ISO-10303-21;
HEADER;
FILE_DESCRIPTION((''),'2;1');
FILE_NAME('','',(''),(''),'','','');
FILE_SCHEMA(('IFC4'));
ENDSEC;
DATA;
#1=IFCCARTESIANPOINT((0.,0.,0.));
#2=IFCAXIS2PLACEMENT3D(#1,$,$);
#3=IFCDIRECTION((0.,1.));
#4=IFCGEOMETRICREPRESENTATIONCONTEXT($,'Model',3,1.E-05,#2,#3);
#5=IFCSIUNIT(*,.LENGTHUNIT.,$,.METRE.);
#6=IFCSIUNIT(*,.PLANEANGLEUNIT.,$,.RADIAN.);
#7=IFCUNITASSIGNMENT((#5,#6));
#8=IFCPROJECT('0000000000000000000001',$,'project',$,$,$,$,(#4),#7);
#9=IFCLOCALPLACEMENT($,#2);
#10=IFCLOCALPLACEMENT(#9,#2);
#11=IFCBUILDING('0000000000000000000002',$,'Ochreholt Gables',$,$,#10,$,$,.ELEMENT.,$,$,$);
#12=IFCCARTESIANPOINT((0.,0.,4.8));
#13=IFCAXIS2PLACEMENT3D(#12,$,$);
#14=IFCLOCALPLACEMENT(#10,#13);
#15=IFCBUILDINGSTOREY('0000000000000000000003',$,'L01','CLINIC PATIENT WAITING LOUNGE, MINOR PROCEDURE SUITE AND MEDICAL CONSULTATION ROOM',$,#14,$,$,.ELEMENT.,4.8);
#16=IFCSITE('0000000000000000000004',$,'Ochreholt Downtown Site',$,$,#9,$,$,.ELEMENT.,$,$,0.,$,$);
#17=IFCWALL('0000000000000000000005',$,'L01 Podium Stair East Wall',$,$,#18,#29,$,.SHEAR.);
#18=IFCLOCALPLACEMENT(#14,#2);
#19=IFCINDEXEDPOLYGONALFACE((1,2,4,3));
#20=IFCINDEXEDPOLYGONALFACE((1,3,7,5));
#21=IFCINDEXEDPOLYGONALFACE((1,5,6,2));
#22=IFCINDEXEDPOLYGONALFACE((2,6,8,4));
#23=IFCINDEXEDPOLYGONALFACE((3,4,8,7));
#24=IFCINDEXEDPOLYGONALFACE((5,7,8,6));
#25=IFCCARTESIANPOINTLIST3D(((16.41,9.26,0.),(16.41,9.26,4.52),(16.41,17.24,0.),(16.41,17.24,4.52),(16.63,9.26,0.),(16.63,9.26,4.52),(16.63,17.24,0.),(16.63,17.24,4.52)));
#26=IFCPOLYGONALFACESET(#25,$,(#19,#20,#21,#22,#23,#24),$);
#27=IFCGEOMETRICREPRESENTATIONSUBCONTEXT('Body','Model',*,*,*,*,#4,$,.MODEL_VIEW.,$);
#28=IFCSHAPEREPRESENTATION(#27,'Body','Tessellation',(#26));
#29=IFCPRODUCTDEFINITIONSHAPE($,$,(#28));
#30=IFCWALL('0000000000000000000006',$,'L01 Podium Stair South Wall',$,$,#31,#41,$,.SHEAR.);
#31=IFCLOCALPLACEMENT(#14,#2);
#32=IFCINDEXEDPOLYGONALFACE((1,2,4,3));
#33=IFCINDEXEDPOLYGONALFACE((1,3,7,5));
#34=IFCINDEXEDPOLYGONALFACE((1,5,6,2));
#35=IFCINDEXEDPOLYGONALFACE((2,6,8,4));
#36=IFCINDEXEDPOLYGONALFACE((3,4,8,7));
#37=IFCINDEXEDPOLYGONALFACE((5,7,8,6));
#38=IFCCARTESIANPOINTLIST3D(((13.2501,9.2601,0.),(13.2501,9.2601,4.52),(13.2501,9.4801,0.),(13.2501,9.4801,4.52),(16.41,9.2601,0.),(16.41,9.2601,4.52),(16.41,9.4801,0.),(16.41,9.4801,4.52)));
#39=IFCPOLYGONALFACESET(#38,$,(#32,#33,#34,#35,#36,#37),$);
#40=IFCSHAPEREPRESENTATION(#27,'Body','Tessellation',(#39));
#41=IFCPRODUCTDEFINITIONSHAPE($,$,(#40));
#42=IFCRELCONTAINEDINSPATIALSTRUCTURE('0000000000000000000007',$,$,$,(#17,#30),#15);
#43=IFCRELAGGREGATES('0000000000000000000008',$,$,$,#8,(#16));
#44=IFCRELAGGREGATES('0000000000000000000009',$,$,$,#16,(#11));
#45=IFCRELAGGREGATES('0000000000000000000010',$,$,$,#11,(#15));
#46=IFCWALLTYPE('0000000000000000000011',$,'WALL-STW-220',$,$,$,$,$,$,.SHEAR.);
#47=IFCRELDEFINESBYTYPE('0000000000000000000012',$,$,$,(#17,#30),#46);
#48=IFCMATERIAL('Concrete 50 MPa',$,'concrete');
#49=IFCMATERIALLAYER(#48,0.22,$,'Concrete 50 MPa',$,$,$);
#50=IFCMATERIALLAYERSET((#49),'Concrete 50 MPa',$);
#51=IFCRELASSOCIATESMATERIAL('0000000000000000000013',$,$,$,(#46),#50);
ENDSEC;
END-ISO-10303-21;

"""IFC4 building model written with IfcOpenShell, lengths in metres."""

from ifc_helpers import new_model, si_unit, direction, frame, frame_2d, origin, place, context, subcontext, project, spatial, rectangle, extrude, material, layer, layer_set, type_object, element, save


model = new_model("IFC4")

# Units and contexts
model_context = context("Model", 3, precision=1e-05, world=origin(), true_north=direction((0.0, 1.0)))
body_context = subcontext(model_context, "Body", "Model", "MODEL_VIEW")
ifc_project = project(units=[si_unit("LENGTHUNIT", "METRE"), si_unit("PLANEANGLEUNIT", "RADIAN")], contexts=[model_context])

# Site, building, storey
site_placement = place(None, origin())
site = spatial("IfcSite", under=ifc_project, at=site_placement, Name="Ochreholt Downtown Site", CompositionType="ELEMENT", RefElevation=0.0)
building_placement = place(site_placement, origin())
building = spatial("IfcBuilding", under=site, at=building_placement, Name="Ochreholt Gables", CompositionType="ELEMENT")
storey_placement = place(building_placement, frame((0.0, 0.0, 4.8)))
storey = spatial("IfcBuildingStorey", under=building, at=storey_placement, Name="L01", Description="CLINIC PATIENT WAITING LOUNGE, MINOR PROCEDURE SUITE AND MEDICAL CONSULTATION ROOM", CompositionType="ELEMENT", Elevation=4.8)

# Walls
ifc_material_1 = material(Name="Concrete 50 MPa", Category="concrete")
ifc_layer_1 = layer(ifc_material_1, 0.22, Name="Concrete 50 MPa")
ifc_layer_set_1 = layer_set([ifc_layer_1], Name="Concrete 50 MPa")
wall_type_1 = type_object("IfcWallType", Name="WALL-STW-220", PredefinedType="SHEAR", material=ifc_layer_set_1)
for number, where, z_axis, x_axis, name in (
    (1, (16.52, 9.26, 0.0), (0.0, 0.0, 1.0), (0.0, 1.0, 0.0), "L01 Podium Stair East Wall"),
):
    element("IfcWall", number, at=place(storey_placement, frame(where, z_axis=z_axis, x_axis=x_axis)), inside=storey, type_object=wall_type_1, Name=name, PredefinedType="SHEAR", context=body_context, shape_type="SweptSolid", body=[
        extrude(rectangle(XDim=7.98, YDim=0.22, at=frame_2d((3.99, 0.0))), origin(), (0.0, 0.0, 1.0), 4.52),
    ])
wall_1_placement = place(storey_placement, frame((13.25, 9.3701, 0.0), z_axis=(0.0, 0.0, 1.0), x_axis=(1.0, 0.0, 0.0)))
element("IfcWall", 2, at=wall_1_placement, inside=storey, type_object=wall_type_1, Name="L01 Podium Stair South Wall", PredefinedType="SHEAR", context=body_context, shape_type="SweptSolid", body=[
    extrude(rectangle(XDim=3.1599, YDim=0.22, at=frame_2d((1.5801, 0.0))), origin(), (0.0, 0.0, 1.0), 4.52),
])

save(model, "model.ifc")
